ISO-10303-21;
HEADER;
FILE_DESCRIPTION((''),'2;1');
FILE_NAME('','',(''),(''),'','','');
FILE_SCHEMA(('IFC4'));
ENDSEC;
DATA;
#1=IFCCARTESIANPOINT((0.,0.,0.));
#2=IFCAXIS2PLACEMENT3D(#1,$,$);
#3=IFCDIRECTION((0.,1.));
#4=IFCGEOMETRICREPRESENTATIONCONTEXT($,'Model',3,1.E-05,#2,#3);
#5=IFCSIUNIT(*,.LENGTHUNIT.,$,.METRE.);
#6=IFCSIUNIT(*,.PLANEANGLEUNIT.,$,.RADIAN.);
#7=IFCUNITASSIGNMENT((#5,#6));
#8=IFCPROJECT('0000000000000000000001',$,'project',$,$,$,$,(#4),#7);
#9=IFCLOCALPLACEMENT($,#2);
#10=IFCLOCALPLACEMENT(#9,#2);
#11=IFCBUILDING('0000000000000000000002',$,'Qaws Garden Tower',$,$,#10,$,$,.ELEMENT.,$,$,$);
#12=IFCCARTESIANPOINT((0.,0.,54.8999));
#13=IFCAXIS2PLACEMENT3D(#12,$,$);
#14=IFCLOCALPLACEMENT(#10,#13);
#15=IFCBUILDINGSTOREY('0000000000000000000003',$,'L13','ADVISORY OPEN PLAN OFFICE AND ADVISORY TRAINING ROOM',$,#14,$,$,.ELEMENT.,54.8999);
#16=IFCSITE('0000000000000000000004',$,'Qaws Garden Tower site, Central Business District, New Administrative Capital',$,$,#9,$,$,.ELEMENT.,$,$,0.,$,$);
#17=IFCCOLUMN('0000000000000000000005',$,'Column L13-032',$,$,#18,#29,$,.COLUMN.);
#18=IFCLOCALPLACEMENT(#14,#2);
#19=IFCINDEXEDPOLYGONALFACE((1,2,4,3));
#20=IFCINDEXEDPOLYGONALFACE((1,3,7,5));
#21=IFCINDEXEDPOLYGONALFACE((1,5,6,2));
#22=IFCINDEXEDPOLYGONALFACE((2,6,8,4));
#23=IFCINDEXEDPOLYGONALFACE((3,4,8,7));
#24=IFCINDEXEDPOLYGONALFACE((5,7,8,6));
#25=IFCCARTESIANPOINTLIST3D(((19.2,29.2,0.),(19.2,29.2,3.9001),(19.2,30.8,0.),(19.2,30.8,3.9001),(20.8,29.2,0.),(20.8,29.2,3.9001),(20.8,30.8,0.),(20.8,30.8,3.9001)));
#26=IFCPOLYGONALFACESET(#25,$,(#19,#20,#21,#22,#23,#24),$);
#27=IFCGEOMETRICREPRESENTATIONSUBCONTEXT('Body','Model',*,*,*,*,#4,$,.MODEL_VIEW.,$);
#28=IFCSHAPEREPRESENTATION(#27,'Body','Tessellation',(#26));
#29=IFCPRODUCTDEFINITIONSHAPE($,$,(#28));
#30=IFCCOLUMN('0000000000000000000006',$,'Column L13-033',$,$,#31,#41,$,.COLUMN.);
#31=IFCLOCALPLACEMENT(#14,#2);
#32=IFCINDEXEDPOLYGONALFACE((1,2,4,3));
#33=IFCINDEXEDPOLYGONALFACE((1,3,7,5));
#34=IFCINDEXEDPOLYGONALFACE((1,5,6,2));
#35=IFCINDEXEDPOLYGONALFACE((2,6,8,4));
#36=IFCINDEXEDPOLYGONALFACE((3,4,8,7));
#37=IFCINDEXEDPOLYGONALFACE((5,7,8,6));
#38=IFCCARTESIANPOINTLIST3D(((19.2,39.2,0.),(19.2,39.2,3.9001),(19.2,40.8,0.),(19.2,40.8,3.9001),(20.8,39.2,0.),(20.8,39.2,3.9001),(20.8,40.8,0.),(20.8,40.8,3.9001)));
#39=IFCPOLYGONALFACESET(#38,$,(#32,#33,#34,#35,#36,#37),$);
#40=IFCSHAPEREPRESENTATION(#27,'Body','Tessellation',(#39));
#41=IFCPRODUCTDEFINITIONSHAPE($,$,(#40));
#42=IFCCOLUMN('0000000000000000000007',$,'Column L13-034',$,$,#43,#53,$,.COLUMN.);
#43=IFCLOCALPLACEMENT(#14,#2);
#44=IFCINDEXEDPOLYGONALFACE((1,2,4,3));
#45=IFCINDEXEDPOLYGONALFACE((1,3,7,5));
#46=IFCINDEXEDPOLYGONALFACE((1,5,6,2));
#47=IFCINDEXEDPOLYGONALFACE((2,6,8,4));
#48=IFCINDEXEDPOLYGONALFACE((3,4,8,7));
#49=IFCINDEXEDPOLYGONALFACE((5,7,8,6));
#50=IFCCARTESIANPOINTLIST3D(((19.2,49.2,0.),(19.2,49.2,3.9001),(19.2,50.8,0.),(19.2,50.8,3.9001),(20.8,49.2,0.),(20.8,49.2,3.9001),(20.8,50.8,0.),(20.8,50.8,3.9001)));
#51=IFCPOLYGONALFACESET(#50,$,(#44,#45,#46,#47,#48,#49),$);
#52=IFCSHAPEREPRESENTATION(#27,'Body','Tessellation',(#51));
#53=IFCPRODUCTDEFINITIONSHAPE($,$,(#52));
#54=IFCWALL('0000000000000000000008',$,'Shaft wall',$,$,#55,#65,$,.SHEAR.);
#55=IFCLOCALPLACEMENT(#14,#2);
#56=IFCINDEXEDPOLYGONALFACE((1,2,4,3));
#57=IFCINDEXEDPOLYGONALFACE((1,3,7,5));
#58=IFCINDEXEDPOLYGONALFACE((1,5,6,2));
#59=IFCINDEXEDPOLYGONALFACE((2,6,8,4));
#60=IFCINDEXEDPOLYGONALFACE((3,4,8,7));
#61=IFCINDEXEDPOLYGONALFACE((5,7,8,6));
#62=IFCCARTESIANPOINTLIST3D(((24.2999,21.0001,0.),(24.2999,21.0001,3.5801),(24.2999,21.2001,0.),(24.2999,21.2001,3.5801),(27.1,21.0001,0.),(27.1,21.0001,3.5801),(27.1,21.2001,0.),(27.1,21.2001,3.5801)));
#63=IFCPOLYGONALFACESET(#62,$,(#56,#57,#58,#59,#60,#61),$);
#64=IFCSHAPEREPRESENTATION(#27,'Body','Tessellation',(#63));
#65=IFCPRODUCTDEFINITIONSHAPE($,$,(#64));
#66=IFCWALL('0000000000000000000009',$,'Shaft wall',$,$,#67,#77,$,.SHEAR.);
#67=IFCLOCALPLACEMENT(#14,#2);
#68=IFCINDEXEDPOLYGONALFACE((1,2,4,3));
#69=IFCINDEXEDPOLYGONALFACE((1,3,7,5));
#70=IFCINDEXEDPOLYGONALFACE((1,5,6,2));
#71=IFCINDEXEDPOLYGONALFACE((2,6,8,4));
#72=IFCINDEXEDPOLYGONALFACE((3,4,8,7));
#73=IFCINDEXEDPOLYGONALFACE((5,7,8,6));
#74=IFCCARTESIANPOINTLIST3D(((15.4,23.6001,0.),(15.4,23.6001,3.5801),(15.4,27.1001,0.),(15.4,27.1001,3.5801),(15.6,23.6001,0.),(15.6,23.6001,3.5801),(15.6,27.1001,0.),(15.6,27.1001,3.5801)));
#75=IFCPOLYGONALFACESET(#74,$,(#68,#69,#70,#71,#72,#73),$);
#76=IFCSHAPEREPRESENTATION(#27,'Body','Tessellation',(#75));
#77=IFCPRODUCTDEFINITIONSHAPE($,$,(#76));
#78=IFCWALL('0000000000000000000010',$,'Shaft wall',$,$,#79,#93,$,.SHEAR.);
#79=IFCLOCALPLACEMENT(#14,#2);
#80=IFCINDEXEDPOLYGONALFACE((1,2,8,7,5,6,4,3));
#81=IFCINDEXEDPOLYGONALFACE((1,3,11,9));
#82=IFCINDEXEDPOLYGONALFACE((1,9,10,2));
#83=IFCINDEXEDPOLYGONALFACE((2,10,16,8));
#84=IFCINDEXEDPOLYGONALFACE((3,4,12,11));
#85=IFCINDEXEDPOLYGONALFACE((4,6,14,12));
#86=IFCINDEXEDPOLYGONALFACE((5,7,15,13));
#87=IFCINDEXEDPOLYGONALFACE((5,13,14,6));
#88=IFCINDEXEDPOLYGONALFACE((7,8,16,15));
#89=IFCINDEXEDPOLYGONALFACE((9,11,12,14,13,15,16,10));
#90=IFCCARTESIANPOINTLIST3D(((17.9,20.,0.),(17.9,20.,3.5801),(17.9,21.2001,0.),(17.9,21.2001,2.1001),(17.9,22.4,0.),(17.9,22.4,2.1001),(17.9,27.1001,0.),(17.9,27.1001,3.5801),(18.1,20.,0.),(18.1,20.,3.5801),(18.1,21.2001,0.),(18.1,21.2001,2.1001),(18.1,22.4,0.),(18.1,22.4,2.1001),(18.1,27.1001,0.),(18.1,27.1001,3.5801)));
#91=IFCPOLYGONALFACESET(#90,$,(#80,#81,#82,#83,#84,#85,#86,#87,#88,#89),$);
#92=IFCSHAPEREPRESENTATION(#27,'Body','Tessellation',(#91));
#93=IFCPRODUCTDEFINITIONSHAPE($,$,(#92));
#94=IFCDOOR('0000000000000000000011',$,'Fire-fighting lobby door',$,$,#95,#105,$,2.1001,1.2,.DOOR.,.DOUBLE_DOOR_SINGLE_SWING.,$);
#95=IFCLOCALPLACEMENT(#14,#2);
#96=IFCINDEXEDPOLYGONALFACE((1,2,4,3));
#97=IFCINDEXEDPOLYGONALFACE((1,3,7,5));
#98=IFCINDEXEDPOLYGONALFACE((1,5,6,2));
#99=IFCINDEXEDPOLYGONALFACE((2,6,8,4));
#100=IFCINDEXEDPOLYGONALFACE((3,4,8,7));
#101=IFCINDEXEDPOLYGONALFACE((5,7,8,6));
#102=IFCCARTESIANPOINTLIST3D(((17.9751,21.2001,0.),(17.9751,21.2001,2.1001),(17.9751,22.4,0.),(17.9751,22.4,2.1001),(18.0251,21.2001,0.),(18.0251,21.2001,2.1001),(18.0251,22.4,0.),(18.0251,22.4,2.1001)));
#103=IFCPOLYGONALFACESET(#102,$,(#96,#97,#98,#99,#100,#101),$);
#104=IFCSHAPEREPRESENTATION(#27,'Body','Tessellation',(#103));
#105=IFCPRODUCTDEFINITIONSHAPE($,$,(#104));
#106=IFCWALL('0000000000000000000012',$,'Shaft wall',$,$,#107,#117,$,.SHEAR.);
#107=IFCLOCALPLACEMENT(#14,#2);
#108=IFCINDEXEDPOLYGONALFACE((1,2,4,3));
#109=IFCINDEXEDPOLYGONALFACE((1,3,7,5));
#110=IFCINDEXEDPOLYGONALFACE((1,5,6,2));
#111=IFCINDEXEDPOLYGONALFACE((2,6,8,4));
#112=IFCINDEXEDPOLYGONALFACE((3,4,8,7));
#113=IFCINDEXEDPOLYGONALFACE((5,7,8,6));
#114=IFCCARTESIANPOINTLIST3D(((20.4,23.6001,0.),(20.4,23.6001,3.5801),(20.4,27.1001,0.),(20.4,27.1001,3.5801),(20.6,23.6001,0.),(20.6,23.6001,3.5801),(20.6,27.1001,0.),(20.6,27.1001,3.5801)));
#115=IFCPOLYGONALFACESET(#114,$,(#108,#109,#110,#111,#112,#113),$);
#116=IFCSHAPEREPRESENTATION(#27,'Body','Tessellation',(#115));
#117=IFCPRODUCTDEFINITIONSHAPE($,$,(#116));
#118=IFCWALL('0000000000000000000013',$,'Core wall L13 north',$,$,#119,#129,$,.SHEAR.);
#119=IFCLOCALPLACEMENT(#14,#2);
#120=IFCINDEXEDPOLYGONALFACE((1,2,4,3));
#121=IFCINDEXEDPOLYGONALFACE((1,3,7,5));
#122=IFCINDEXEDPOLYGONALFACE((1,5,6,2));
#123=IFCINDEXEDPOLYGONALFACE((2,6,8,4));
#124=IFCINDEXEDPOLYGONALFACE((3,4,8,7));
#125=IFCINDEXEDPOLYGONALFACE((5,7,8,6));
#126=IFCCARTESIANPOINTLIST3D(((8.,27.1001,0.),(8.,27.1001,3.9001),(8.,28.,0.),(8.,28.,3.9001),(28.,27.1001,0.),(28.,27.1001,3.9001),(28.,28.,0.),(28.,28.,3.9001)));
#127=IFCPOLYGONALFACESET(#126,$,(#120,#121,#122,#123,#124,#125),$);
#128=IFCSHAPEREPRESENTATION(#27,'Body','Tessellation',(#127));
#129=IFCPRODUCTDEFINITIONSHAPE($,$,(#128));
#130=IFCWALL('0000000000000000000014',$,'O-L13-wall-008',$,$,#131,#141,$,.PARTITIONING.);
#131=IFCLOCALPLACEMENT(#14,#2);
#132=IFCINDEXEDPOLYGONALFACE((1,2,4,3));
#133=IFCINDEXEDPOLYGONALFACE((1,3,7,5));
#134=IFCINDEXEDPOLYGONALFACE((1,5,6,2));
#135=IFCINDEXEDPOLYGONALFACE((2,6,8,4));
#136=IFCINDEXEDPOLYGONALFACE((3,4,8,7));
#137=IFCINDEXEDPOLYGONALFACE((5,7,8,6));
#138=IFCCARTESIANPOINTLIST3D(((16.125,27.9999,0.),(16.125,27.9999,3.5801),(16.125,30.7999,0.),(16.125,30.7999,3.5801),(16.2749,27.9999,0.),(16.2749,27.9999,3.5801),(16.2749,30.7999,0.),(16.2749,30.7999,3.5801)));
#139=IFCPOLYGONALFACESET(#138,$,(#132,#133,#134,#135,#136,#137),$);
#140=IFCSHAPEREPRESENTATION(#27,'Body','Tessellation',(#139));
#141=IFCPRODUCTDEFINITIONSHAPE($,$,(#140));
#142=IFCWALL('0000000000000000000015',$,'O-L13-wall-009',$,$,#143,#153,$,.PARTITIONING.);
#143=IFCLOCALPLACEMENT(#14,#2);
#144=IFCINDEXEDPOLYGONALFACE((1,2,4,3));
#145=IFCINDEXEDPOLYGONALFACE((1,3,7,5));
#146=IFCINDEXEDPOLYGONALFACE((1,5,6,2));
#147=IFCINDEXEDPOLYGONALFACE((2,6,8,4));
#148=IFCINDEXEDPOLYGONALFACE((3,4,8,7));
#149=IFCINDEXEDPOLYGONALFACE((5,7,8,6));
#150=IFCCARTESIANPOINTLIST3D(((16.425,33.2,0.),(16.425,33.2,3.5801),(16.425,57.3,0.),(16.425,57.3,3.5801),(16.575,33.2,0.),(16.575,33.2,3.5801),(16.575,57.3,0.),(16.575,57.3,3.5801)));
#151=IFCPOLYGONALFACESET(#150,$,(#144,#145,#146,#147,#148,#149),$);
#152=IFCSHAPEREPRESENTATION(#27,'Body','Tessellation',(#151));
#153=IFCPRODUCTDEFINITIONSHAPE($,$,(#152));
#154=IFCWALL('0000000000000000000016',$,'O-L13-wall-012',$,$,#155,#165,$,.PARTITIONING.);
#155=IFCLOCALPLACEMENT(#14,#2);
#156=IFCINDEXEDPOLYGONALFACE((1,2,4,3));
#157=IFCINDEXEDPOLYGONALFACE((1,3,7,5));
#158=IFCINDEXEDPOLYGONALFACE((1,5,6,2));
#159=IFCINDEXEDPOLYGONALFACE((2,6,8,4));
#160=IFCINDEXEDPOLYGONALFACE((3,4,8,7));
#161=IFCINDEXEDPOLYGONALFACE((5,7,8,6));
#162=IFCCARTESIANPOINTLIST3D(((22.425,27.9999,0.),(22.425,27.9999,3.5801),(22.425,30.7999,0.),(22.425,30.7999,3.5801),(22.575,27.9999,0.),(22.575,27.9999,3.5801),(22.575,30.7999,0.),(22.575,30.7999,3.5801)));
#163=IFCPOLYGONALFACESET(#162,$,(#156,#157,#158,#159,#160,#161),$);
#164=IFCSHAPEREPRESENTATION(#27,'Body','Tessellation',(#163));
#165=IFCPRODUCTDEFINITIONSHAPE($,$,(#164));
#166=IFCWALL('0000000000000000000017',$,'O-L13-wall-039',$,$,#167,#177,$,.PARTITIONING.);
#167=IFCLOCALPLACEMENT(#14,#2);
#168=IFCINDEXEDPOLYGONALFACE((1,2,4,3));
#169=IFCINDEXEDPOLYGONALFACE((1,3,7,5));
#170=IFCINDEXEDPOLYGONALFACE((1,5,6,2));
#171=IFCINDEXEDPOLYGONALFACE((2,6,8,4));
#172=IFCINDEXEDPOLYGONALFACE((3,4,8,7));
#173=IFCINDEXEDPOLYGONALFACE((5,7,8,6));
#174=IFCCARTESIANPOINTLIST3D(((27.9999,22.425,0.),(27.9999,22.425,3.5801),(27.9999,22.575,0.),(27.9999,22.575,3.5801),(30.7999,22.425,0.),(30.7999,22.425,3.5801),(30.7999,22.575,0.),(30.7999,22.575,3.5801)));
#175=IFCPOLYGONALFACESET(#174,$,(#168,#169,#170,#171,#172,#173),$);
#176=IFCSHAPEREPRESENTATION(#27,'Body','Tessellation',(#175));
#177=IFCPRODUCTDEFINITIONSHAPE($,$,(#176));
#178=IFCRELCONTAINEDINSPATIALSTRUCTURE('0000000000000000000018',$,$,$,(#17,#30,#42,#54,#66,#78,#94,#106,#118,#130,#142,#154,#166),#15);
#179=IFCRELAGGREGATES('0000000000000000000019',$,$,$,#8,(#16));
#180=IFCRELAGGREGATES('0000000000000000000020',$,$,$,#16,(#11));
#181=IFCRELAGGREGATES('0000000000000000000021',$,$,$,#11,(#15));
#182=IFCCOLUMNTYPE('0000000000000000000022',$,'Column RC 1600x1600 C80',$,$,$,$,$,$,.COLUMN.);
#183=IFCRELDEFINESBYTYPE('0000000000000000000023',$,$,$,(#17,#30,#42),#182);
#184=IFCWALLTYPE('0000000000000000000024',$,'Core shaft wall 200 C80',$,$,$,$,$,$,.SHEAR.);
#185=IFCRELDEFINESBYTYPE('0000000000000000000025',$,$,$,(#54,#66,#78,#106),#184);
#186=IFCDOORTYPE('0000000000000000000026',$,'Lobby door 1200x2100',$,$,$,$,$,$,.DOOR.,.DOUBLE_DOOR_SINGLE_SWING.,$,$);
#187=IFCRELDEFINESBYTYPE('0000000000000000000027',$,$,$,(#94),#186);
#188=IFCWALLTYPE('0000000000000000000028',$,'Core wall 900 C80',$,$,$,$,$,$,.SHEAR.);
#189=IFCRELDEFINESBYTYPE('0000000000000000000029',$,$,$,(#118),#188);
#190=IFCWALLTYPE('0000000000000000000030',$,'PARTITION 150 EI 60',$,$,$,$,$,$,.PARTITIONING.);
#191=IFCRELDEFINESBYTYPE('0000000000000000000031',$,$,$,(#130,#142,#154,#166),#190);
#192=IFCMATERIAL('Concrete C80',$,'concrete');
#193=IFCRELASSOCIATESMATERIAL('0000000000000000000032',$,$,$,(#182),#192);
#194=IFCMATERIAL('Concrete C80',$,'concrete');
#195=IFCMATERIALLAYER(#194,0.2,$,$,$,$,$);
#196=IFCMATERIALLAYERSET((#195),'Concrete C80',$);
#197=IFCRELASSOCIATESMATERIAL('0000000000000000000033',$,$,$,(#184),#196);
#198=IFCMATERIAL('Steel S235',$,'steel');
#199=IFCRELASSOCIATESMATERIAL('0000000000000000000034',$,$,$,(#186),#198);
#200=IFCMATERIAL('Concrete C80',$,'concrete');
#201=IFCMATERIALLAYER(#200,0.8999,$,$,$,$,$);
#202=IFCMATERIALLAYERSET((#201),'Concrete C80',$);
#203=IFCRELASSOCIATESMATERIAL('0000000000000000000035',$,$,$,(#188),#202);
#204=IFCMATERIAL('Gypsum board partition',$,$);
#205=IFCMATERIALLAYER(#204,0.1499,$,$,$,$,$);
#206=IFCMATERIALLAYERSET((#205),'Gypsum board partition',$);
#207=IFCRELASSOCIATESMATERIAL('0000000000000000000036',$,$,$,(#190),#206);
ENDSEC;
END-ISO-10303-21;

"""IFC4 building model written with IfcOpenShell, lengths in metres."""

from ifc_helpers import new_model, si_unit, direction, frame, frame_2d, origin, origin_2d, place, context, subcontext, project, spatial, rectangle, extrude, material, layer, layer_set, material_profile, profile_set, type_object, element, fill, save


model = new_model("IFC4")

# Units and contexts
model_context = context("Model", 3, precision=1e-05, world=origin(), true_north=direction((0.0, 1.0)))
body_context = subcontext(model_context, "Body", "Model", "MODEL_VIEW")
ifc_project = project(units=[si_unit("LENGTHUNIT", "METRE"), si_unit("PLANEANGLEUNIT", "RADIAN")], contexts=[model_context])

# Site, building, storey
site_placement = place(None, origin())
site = spatial("IfcSite", under=ifc_project, at=site_placement, Name="Qaws Garden Tower site, Central Business District, New Administrative Capital", CompositionType="ELEMENT", RefElevation=0.0)
building_placement = place(site_placement, origin())
building = spatial("IfcBuilding", under=site, at=building_placement, Name="Qaws Garden Tower", CompositionType="ELEMENT")
storey_placement = place(building_placement, frame((0.0, 0.0, 54.8999)))
storey = spatial("IfcBuildingStorey", under=building, at=storey_placement, Name="L13", Description="ADVISORY OPEN PLAN OFFICE AND ADVISORY TRAINING ROOM", CompositionType="ELEMENT", Elevation=54.8999)

# Columns
ifc_material_1 = material(Name="Concrete C80", Category="concrete")
ifc_material_profile = material_profile(ifc_material_1, rectangle(XDim=1.6001, YDim=1.6001, at=origin_2d()), Name="RC 1600x1600")
ifc_profile_set = profile_set([ifc_material_profile], Name="Concrete C80")
column_type = type_object("IfcColumnType", Name="Column RC 1600x1600 C80", PredefinedType="COLUMN", material=ifc_profile_set)
for number, where, z_axis, x_axis, name in (
    (1, (20.0, 30.0, 0.0), (0.0, 0.0, 1.0), (1.0, 0.0, 0.0), "Column L13-032"),
    (2, (20.0, 40.0, 0.0), (0.0, 0.0, 1.0), (1.0, 0.0, 0.0), "Column L13-033"),
    (3, (20.0, 50.0, 0.0), (0.0, 0.0, 1.0), (1.0, 0.0, 0.0), "Column L13-034"),
):
    element("IfcColumn", number, at=place(storey_placement, frame(where, z_axis=z_axis, x_axis=x_axis)), inside=storey, type_object=column_type, Name=name, PredefinedType="COLUMN", context=body_context, shape_type="SweptSolid", body=[
        extrude(rectangle(XDim=1.6001, YDim=1.6001, at=origin_2d()), origin(), (0.0, 0.0, 1.0), 3.9001),
    ])

# Walls
ifc_material_2 = material(Name="Concrete C80", Category="concrete")
ifc_layer_1 = layer(ifc_material_2, 0.2)
ifc_layer_set_1 = layer_set([ifc_layer_1], Name="Concrete C80")
wall_type_1 = type_object("IfcWallType", Name="Core shaft wall 200 C80", PredefinedType="SHEAR", material=ifc_layer_set_1)
wall_1_placement = place(storey_placement, frame((24.3, 21.1001, 0.0), z_axis=(0.0, 0.0, 1.0), x_axis=(1.0, 0.0, 0.0)))
element("IfcWall", 4, at=wall_1_placement, inside=storey, type_object=wall_type_1, Name="Shaft wall", PredefinedType="SHEAR", context=body_context, shape_type="SweptSolid", body=[
    extrude(rectangle(XDim=2.8, YDim=0.2, at=frame_2d((1.3999, 0.0))), origin(), (0.0, 0.0, 1.0), 3.5801),
])
wall_2_placement = place(storey_placement, frame((15.5, 23.6001, 0.0), z_axis=(0.0, 0.0, 1.0), x_axis=(0.0, 1.0, 0.0)))
element("IfcWall", 5, at=wall_2_placement, inside=storey, type_object=wall_type_1, Name="Shaft wall", PredefinedType="SHEAR", context=body_context, shape_type="SweptSolid", body=[
    extrude(rectangle(XDim=3.5, YDim=0.2, at=frame_2d((1.75, 0.0))), origin(), (0.0, 0.0, 1.0), 3.5801),
])

# Wall, opening, door
wall_3_placement = place(storey_placement, frame((18.0, 20.0, 0.0), z_axis=(0.0, 0.0, 1.0), x_axis=(0.0, 1.0, 0.0)))
wall_3 = element("IfcWall", 6, at=wall_3_placement, inside=storey, type_object=wall_type_1, Name="Shaft wall", PredefinedType="SHEAR", context=body_context, shape_type="SweptSolid", body=[
    extrude(rectangle(XDim=7.1001, YDim=0.2, at=frame_2d((3.55, 0.0))), origin(), (0.0, 0.0, 1.0), 3.5801),
])
opening_1_placement = place(wall_3_placement, frame((1.2, 0.0, 0.0)))
opening_1 = element("IfcOpeningElement", 7, at=opening_1_placement, cuts=wall_3, PredefinedType="OPENING", context=body_context, shape_type="SweptSolid", body=[
    extrude(rectangle(XDim=1.2, YDim=2.1001, at=frame_2d((0.6001, 1.05))), frame((0.0, 0.1099, 0.0), z_axis=(0.0, -1.0, 0.0), x_axis=(1.0, 0.0, 0.0)), (0.0, 0.0, 1.0), 0.22),
])
ifc_material_3 = material(Name="Steel S235", Category="steel")
door_type_1 = type_object("IfcDoorType", Name="Lobby door 1200x2100", OperationType="DOUBLE_DOOR_SINGLE_SWING", PredefinedType="DOOR", material=ifc_material_3)
door_1_placement = place(opening_1_placement, origin())
door_1 = element("IfcDoor", 8, at=door_1_placement, inside=storey, type_object=door_type_1, Name="Fire-fighting lobby door", OperationType="DOUBLE_DOOR_SINGLE_SWING", OverallHeight=2.1001, OverallWidth=1.2, PredefinedType="DOOR", context=body_context, shape_type="SweptSolid", body=[
    extrude(rectangle(XDim=1.2, YDim=2.1001, at=frame_2d((0.6001, 1.05))), frame((0.0, 0.0249, 0.0), z_axis=(0.0, -1.0, 0.0), x_axis=(1.0, 0.0, 0.0)), (0.0, 0.0, 1.0), 0.05),
])
fill(opening_1, door_1)

# Walls
wall_4_placement = place(storey_placement, frame((20.5, 23.6001, 0.0), z_axis=(0.0, 0.0, 1.0), x_axis=(0.0, 1.0, 0.0)))
element("IfcWall", 9, at=wall_4_placement, inside=storey, type_object=wall_type_1, Name="Shaft wall", PredefinedType="SHEAR", context=body_context, shape_type="SweptSolid", body=[
    extrude(rectangle(XDim=3.5, YDim=0.2, at=frame_2d((1.75, 0.0))), origin(), (0.0, 0.0, 1.0), 3.5801),
])
ifc_material_4 = material(Name="Concrete C80", Category="concrete")
ifc_layer_2 = layer(ifc_material_4, 0.8999)
ifc_layer_set_2 = layer_set([ifc_layer_2], Name="Concrete C80")
wall_type_2 = type_object("IfcWallType", Name="Core wall 900 C80", PredefinedType="SHEAR", material=ifc_layer_set_2)
wall_5_placement = place(storey_placement, frame((28.0, 27.55, 0.0), z_axis=(0.0, 0.0, 1.0), x_axis=(-1.0, 0.0, 0.0)))
element("IfcWall", 10, at=wall_5_placement, inside=storey, type_object=wall_type_2, Name="Core wall L13 north", PredefinedType="SHEAR", context=body_context, shape_type="SweptSolid", body=[
    extrude(rectangle(XDim=20.0, YDim=0.8999, at=frame_2d((10.0, 0.0))), origin(), (0.0, 0.0, 1.0), 3.9001),
])
ifc_material_5 = material(Name="Gypsum board partition")
ifc_layer_3 = layer(ifc_material_5, 0.1499)
ifc_layer_set_3 = layer_set([ifc_layer_3], Name="Gypsum board partition")
wall_type_3 = type_object("IfcWallType", Name="PARTITION 150 EI 60", PredefinedType="PARTITIONING", material=ifc_layer_set_3)
wall_6_placement = place(storey_placement, frame((16.2, 28.0, 0.0), z_axis=(0.0, 0.0, 1.0), x_axis=(0.0, 1.0, 0.0)))
element("IfcWall", 11, at=wall_6_placement, inside=storey, type_object=wall_type_3, Name="O-L13-wall-008", PredefinedType="PARTITIONING", context=body_context, shape_type="SweptSolid", body=[
    extrude(rectangle(XDim=2.8, YDim=0.1499, at=frame_2d((1.3999, 0.0))), origin(), (0.0, 0.0, 1.0), 3.5801),
])
wall_7_placement = place(storey_placement, frame((16.5, 33.2, 0.0), z_axis=(0.0, 0.0, 1.0), x_axis=(0.0, 1.0, 0.0)))
element("IfcWall", 12, at=wall_7_placement, inside=storey, type_object=wall_type_3, Name="O-L13-wall-009", PredefinedType="PARTITIONING", context=body_context, shape_type="SweptSolid", body=[
    extrude(rectangle(XDim=24.1001, YDim=0.1499, at=frame_2d((12.05, 0.0))), origin(), (0.0, 0.0, 1.0), 3.5801),
])
for number, where, z_axis, x_axis, name in (
    (13, (22.5, 28.0, 0.0), (0.0, 0.0, 1.0), (0.0, 1.0, 0.0), "O-L13-wall-012"),
    (14, (28.0, 22.5, 0.0), (0.0, 0.0, 1.0), (1.0, 0.0, 0.0), "O-L13-wall-039"),
):
    element("IfcWall", number, at=place(storey_placement, frame(where, z_axis=z_axis, x_axis=x_axis)), inside=storey, type_object=wall_type_3, Name=name, PredefinedType="PARTITIONING", context=body_context, shape_type="SweptSolid", body=[
        extrude(rectangle(XDim=2.8, YDim=0.1499, at=frame_2d((1.3999, 0.0))), origin(), (0.0, 0.0, 1.0), 3.5801),
    ])

save(model, "model.ifc")
